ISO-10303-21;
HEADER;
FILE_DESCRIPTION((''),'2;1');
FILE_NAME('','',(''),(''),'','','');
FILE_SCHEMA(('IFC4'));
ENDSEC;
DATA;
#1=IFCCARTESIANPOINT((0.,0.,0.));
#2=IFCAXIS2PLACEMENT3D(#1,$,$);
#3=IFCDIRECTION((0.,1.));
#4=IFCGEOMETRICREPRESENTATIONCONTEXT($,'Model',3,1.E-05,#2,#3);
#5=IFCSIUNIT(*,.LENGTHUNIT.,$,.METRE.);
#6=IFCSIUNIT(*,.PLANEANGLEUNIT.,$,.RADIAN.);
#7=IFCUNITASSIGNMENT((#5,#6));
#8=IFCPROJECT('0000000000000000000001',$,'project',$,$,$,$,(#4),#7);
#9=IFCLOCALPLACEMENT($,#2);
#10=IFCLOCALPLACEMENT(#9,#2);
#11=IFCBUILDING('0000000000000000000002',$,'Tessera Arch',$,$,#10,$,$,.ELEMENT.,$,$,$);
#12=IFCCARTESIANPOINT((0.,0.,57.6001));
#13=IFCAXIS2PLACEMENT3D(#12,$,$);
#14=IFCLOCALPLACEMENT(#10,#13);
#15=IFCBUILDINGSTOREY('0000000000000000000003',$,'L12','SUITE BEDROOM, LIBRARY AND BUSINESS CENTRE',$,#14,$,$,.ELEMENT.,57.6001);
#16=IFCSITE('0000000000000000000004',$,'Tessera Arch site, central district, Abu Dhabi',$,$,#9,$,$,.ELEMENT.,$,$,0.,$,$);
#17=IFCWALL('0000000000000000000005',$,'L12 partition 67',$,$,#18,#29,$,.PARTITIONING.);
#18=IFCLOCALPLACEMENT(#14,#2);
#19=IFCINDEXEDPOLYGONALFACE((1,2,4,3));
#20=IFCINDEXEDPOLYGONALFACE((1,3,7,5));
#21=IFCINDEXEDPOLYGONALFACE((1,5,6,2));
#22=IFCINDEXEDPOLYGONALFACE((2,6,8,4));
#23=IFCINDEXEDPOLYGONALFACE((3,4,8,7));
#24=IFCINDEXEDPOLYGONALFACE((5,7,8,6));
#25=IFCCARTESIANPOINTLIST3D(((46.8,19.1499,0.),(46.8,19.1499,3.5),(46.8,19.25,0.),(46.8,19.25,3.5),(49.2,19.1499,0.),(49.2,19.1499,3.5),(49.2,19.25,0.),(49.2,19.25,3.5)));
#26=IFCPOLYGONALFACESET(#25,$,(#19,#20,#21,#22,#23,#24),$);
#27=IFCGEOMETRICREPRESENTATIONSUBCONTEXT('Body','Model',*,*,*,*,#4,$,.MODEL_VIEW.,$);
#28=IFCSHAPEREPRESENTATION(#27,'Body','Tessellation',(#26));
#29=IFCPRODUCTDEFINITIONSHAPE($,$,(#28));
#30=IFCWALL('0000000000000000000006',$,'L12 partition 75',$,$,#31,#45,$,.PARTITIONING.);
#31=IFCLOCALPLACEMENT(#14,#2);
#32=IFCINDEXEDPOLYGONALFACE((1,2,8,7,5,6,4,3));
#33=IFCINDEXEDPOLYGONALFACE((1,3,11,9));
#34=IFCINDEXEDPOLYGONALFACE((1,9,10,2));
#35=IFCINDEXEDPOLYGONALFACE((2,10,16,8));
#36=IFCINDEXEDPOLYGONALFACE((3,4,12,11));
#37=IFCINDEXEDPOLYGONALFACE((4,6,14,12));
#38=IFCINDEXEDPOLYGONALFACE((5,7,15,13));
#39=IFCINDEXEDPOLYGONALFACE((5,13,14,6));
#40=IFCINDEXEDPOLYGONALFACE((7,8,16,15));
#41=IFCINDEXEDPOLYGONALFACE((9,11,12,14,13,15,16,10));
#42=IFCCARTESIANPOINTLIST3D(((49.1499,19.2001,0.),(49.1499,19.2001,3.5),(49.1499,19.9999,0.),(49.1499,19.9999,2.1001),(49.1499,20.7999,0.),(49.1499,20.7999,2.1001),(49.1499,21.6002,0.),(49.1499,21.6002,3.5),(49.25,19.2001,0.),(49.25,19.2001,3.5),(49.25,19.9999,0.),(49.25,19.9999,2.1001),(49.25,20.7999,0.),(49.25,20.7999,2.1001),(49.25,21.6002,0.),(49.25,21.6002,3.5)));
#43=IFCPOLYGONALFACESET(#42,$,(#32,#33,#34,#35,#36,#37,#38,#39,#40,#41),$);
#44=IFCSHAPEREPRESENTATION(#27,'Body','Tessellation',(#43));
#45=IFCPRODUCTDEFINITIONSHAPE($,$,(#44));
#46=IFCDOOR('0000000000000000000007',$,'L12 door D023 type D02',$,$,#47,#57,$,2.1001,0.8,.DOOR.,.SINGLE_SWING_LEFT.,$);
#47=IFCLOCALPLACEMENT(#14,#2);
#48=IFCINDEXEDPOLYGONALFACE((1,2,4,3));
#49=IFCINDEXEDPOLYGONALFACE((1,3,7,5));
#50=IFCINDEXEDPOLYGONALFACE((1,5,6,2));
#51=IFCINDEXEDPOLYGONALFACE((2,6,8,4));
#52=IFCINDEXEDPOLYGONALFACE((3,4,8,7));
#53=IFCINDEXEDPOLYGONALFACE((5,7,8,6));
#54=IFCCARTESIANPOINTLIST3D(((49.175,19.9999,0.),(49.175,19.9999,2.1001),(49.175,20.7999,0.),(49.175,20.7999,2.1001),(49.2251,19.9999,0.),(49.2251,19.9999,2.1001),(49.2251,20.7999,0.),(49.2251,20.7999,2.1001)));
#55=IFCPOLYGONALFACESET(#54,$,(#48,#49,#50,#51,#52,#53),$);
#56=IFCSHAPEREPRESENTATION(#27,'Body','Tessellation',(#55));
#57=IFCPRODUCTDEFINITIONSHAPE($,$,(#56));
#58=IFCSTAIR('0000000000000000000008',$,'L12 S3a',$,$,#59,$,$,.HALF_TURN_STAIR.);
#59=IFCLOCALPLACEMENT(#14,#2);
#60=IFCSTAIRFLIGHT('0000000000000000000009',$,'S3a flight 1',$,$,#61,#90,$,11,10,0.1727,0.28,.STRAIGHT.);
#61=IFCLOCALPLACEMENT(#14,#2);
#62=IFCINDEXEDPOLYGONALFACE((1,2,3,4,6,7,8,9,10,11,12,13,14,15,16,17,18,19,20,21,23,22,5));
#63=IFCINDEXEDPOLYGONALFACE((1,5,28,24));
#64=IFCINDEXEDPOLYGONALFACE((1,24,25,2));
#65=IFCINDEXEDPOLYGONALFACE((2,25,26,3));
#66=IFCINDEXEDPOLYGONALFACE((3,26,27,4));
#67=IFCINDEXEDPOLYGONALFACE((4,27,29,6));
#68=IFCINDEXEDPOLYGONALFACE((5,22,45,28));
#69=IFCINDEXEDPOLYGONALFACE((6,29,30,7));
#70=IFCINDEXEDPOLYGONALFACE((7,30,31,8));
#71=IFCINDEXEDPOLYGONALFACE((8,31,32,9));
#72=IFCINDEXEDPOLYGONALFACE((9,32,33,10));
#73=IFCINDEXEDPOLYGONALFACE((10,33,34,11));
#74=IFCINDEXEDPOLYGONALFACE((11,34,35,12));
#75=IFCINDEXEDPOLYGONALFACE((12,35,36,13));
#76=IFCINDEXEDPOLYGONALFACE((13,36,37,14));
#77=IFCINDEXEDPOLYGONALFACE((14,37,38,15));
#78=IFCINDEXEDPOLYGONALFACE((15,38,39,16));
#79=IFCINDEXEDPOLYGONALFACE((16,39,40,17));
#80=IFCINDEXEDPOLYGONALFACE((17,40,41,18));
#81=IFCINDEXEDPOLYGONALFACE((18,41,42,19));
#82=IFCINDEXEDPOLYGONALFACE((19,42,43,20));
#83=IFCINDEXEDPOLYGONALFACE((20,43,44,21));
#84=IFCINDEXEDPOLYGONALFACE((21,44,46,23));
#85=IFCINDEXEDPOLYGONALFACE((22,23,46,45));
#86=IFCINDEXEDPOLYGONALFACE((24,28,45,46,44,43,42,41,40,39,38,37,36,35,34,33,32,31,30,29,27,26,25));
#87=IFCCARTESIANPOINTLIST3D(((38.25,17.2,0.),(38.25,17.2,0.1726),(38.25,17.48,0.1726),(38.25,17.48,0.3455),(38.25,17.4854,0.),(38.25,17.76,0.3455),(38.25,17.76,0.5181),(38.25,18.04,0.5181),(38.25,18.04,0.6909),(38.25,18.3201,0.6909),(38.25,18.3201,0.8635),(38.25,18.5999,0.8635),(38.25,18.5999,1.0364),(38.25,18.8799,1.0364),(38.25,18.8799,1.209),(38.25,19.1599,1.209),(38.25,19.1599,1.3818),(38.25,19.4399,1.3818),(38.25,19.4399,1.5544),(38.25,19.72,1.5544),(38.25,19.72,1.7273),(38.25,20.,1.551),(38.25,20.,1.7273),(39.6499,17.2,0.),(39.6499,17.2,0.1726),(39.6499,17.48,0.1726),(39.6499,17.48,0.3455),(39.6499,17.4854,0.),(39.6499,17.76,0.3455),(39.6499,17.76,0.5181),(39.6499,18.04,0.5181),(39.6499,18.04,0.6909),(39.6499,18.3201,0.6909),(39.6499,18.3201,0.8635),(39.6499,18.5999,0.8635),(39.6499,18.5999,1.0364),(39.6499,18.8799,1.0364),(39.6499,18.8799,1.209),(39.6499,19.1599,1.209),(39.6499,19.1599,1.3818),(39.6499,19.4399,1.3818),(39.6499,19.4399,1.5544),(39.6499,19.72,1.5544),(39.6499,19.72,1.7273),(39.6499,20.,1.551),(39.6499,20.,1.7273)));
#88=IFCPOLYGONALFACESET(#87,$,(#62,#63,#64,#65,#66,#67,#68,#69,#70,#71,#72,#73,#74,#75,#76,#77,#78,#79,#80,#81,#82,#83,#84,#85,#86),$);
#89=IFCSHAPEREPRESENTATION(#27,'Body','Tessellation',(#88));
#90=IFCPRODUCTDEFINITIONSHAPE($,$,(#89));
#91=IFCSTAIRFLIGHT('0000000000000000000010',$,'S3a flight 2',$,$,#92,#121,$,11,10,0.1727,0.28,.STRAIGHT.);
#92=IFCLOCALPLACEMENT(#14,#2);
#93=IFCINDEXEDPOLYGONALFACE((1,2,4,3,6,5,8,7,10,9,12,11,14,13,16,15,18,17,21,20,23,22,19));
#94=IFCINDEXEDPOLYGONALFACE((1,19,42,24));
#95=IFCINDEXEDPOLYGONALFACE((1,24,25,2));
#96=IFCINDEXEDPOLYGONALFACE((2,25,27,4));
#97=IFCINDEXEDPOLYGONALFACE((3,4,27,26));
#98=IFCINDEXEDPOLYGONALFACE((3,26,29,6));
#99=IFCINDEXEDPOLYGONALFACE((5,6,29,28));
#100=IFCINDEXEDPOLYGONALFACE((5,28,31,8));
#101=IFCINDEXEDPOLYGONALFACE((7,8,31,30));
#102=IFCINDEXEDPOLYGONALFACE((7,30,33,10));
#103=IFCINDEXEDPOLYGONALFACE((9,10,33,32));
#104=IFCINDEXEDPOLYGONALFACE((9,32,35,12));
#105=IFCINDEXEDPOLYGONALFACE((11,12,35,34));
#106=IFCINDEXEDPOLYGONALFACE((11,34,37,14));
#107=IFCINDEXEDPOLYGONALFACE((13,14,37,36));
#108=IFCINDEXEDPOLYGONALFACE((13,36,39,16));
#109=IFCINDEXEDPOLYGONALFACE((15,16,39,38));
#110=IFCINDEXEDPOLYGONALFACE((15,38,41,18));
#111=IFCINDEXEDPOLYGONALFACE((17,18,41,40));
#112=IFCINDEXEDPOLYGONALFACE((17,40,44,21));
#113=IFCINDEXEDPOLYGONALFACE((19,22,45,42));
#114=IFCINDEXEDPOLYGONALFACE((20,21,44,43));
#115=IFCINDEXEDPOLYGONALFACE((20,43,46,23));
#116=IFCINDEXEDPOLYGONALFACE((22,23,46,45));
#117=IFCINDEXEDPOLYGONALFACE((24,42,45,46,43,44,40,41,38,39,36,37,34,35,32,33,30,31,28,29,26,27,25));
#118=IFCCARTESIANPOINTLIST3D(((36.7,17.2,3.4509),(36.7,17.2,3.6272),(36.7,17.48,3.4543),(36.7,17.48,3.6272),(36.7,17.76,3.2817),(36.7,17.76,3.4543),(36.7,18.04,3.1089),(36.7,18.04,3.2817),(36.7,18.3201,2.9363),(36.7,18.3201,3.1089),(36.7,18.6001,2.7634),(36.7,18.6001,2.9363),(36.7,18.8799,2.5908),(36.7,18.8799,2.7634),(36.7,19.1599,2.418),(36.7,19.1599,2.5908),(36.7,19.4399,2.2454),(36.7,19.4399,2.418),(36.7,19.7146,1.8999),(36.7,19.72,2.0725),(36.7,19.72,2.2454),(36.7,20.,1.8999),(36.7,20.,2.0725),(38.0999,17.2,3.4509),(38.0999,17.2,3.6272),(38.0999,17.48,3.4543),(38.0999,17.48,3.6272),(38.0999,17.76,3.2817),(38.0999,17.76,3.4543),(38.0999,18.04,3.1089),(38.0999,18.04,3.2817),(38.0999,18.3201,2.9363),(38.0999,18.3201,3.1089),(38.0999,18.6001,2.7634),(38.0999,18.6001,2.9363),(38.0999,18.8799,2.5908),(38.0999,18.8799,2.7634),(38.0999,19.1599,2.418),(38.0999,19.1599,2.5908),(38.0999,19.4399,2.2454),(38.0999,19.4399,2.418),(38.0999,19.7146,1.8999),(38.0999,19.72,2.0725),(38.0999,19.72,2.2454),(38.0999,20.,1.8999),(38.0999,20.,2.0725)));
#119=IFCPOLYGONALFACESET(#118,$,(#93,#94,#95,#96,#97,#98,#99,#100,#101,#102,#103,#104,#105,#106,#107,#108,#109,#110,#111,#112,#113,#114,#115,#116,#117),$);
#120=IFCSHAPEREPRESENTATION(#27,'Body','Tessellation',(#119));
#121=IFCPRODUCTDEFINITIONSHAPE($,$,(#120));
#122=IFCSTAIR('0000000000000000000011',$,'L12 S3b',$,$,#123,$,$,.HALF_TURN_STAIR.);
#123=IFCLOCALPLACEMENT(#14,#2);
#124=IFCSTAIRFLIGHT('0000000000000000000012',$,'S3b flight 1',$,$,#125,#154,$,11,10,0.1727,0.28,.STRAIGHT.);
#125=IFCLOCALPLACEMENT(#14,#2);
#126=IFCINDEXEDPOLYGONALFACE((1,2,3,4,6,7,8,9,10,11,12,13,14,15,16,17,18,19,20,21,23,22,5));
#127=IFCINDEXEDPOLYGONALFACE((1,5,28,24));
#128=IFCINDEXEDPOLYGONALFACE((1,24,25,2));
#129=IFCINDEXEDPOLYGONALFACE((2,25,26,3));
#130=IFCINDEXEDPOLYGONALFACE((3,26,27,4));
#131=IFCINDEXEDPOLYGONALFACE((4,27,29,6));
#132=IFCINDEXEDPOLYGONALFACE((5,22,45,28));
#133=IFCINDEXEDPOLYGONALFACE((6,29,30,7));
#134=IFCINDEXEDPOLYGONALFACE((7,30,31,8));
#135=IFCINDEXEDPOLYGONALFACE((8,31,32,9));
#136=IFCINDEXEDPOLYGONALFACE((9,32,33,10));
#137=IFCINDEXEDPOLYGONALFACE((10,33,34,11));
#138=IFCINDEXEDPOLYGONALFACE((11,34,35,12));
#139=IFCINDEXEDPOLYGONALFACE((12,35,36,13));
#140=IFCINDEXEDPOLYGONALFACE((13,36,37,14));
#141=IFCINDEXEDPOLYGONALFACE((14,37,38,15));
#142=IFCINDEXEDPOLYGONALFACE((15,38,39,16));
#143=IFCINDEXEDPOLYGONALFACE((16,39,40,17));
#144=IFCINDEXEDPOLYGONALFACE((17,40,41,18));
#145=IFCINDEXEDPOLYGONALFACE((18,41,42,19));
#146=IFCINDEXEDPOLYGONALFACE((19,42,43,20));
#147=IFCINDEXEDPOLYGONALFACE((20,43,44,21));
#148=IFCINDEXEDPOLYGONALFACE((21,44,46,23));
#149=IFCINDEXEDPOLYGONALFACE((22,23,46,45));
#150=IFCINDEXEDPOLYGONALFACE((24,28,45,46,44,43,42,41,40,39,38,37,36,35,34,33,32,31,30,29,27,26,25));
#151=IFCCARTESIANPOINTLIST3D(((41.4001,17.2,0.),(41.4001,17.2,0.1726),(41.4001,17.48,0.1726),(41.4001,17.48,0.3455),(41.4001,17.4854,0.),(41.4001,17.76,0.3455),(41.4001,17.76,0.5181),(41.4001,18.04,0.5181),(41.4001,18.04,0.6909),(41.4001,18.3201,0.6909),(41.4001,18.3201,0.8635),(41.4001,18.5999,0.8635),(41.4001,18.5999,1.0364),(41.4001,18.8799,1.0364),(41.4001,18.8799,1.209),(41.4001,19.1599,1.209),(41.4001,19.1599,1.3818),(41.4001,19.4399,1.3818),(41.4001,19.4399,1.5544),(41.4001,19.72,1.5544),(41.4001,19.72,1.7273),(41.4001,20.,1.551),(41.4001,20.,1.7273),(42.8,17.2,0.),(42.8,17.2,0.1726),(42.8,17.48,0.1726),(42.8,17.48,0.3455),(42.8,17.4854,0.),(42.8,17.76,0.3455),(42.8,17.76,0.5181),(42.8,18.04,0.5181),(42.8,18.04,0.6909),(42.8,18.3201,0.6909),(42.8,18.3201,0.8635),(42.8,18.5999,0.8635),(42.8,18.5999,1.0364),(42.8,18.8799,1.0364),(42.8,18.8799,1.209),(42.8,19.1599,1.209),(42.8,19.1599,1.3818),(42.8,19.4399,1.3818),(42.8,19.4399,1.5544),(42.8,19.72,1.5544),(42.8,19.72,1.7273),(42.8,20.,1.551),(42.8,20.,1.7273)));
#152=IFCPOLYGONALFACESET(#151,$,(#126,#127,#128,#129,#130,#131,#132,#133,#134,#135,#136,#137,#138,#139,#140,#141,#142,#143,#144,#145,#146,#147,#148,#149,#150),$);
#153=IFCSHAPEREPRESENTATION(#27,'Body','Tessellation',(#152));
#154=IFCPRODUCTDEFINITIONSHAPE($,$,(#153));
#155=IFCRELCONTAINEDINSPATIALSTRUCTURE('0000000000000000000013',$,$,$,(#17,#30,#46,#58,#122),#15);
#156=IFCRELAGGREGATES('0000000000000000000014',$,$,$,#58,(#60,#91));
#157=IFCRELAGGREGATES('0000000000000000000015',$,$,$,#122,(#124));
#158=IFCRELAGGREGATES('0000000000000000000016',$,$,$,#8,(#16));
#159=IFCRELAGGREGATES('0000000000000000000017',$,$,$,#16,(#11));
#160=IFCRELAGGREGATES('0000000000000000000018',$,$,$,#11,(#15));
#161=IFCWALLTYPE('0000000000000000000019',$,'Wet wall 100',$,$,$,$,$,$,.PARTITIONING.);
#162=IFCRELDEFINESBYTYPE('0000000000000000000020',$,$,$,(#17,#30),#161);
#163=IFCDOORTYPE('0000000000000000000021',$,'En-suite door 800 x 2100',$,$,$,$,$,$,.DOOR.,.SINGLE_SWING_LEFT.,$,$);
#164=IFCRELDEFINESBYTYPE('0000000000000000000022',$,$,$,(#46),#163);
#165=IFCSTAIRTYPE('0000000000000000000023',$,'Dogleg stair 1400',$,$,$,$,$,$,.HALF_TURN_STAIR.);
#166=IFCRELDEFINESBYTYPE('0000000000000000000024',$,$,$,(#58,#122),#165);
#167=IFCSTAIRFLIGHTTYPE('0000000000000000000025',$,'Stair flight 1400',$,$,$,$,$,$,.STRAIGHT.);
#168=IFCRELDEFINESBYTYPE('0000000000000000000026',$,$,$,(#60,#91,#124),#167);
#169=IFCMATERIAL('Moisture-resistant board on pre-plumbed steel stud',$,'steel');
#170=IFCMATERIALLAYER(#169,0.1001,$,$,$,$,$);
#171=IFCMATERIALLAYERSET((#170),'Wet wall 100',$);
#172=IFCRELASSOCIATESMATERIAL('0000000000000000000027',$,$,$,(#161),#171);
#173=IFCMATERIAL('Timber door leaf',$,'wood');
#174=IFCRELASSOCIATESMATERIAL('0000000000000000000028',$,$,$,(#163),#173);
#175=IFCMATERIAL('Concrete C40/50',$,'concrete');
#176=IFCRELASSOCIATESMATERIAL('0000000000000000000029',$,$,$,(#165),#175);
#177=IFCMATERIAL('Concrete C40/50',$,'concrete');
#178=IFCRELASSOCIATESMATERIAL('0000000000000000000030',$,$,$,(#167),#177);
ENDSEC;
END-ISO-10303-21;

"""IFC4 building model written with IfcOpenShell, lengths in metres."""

from ifc_helpers import new_model, si_unit, direction, frame, frame_2d, origin, place, context, subcontext, project, spatial, polyline, rectangle, outline, extrude, material, layer, layer_set, type_object, element, fill, aggregate, save


model = new_model("IFC4")

# Units and contexts
model_context = context("Model", 3, precision=1e-05, world=origin(), true_north=direction((0.0, 1.0)))
body_context = subcontext(model_context, "Body", "Model", "MODEL_VIEW")
ifc_project = project(units=[si_unit("LENGTHUNIT", "METRE"), si_unit("PLANEANGLEUNIT", "RADIAN")], contexts=[model_context])

# Site, building, storey
site_placement = place(None, origin())
site = spatial("IfcSite", under=ifc_project, at=site_placement, Name="Tessera Arch site, central district, Abu Dhabi", CompositionType="ELEMENT", RefElevation=0.0)
building_placement = place(site_placement, origin())
building = spatial("IfcBuilding", under=site, at=building_placement, Name="Tessera Arch", CompositionType="ELEMENT")
storey_placement = place(building_placement, frame((0.0, 0.0, 57.6001)))
storey = spatial("IfcBuildingStorey", under=building, at=storey_placement, Name="L12", Description="SUITE BEDROOM, LIBRARY AND BUSINESS CENTRE", CompositionType="ELEMENT", Elevation=57.6001)

# Wall
ifc_material_1 = material(Name="Moisture-resistant board on pre-plumbed steel stud", Category="steel")
ifc_layer_1 = layer(ifc_material_1, 0.1001)
ifc_layer_set_1 = layer_set([ifc_layer_1], Name="Wet wall 100")
wall_type_1 = type_object("IfcWallType", Name="Wet wall 100", PredefinedType="PARTITIONING", material=ifc_layer_set_1)
wall_1_placement = place(storey_placement, frame((46.8, 19.2, 0.0), z_axis=(0.0, 0.0, 1.0), x_axis=(1.0, 0.0, 0.0)))
element("IfcWall", 1, at=wall_1_placement, inside=storey, type_object=wall_type_1, Name="L12 partition 67", PredefinedType="PARTITIONING", context=body_context, shape_type="SweptSolid", body=[
    extrude(rectangle(XDim=2.3999, YDim=0.1001, at=frame_2d((1.2, 0.0))), origin(), (0.0, 0.0, 1.0), 3.5),
])

# Wall, opening, door
wall_2_placement = place(storey_placement, frame((49.2, 19.2, 0.0), z_axis=(0.0, 0.0, 1.0), x_axis=(0.0, 1.0, 0.0)))
wall_2 = element("IfcWall", 2, at=wall_2_placement, inside=storey, type_object=wall_type_1, Name="L12 partition 75", PredefinedType="PARTITIONING", context=body_context, shape_type="SweptSolid", body=[
    extrude(rectangle(XDim=2.4001, YDim=0.1001, at=frame_2d((1.2002, 0.0))), origin(), (0.0, 0.0, 1.0), 3.5),
])
opening_1_placement = place(wall_2_placement, frame((0.8, 0.0, 0.0)))
opening_1 = element("IfcOpeningElement", 3, at=opening_1_placement, cuts=wall_2, PredefinedType="OPENING", context=body_context, shape_type="SweptSolid", body=[
    extrude(rectangle(XDim=0.8, YDim=2.1001, at=frame_2d((0.3999, 1.05))), frame((0.0, 0.0601, 0.0), z_axis=(0.0, -1.0, 0.0), x_axis=(1.0, 0.0, 0.0)), (0.0, 0.0, 1.0), 0.1201),
])
ifc_material_2 = material(Name="Timber door leaf", Category="wood")
door_type_1 = type_object("IfcDoorType", Name="En-suite door 800 x 2100", OperationType="SINGLE_SWING_LEFT", PredefinedType="DOOR", material=ifc_material_2)
door_1_placement = place(opening_1_placement, origin())
door_1 = element("IfcDoor", 4, at=door_1_placement, inside=storey, type_object=door_type_1, Name="L12 door D023 type D02", OperationType="SINGLE_SWING_LEFT", OverallHeight=2.1001, OverallWidth=0.8, PredefinedType="DOOR", context=body_context, shape_type="SweptSolid", body=[
    extrude(rectangle(XDim=0.8, YDim=2.1001, at=frame_2d((0.3999, 1.05))), frame((0.0, 0.0249, 0.0), z_axis=(0.0, -1.0, 0.0), x_axis=(1.0, 0.0, 0.0)), (0.0, 0.0, 1.0), 0.05),
])
fill(opening_1, door_1)

# Stairs, stair flights
ifc_material_3 = material(Name="Concrete C40/50", Category="concrete")
stair_type = type_object("IfcStairType", Name="Dogleg stair 1400", PredefinedType="HALF_TURN_STAIR", material=ifc_material_3)
stair_1_placement = place(storey_placement, origin())
stair_1 = element("IfcStair", 5, at=stair_1_placement, inside=storey, type_object=stair_type, Name="L12 S3a", PredefinedType="HALF_TURN_STAIR")
ifc_material_4 = material(Name="Concrete C40/50", Category="concrete")
stair_flight_type = type_object("IfcStairFlightType", Name="Stair flight 1400", PredefinedType="STRAIGHT", material=ifc_material_4)
stair_flight_1_placement = place(storey_placement, frame((38.95, 17.2, 0.0), z_axis=(0.0, 0.0, 1.0), x_axis=(0.0, 1.0, 0.0)))
stair_flight_1 = element("IfcStairFlight", 6, at=stair_flight_1_placement, type_object=stair_flight_type, Name="S3a flight 1", NumberOfRisers=11, NumberOfTreads=10, PredefinedType="STRAIGHT", RiserHeight=0.1727, TreadLength=0.28, context=body_context, shape_type="SweptSolid", body=[
    extrude(outline(polyline([(0.0, 0.0), (0.0, 0.1726), (0.28, 0.1726), (0.28, 0.3455), (0.5601, 0.3455), (0.5601, 0.5181), (0.8401, 0.5181), (0.8401, 0.6909), (1.1201, 0.6909), (1.1201, 0.8635), (1.3999, 0.8635), (1.3999, 1.0364), (1.6799, 1.0364), (1.6799, 1.209), (1.96, 1.209), (1.96, 1.3818), (2.24, 1.3818), (2.24, 1.5544), (2.52, 1.5544), (2.52, 1.7273), (2.8, 1.7273), (2.8, 1.8999), (2.8, 1.551), (0.2854, 0.0), (0.0, 0.0)])), frame((0.0, 0.7, 0.0), z_axis=(0.0, -1.0, 0.0), x_axis=(1.0, 0.0, 0.0)), (0.0, 0.0, 1.0), 1.3999),
])
stair_flight_2_placement = place(storey_placement, frame((37.3999, 20.0, 1.8999), z_axis=(0.0, 0.0, 1.0), x_axis=(0.0, -1.0, 0.0)))
stair_flight_2 = element("IfcStairFlight", 7, at=stair_flight_2_placement, type_object=stair_flight_type, Name="S3a flight 2", NumberOfRisers=11, NumberOfTreads=10, PredefinedType="STRAIGHT", RiserHeight=0.1727, TreadLength=0.28, context=body_context, shape_type="SweptSolid", body=[
    extrude(outline(polyline([(0.0, 0.0), (0.0, 0.1726), (0.28, 0.1726), (0.28, 0.3455), (0.5601, 0.3455), (0.5601, 0.5181), (0.8401, 0.5181), (0.8401, 0.6909), (1.1201, 0.6909), (1.1201, 0.8635), (1.3999, 0.8635), (1.3999, 1.0364), (1.6799, 1.0364), (1.6799, 1.209), (1.96, 1.209), (1.96, 1.3818), (2.24, 1.3818), (2.24, 1.5544), (2.52, 1.5544), (2.52, 1.7273), (2.8, 1.7273), (2.8, 1.8999), (2.8, 1.551), (0.2854, 0.0), (0.0, 0.0)])), frame((0.0, 0.7, 0.0), z_axis=(0.0, -1.0, 0.0), x_axis=(1.0, 0.0, 0.0)), (0.0, 0.0, 1.0), 1.3999),
])
aggregate(stair_1, [stair_flight_1, stair_flight_2])
stair_2_placement = place(storey_placement, origin())
stair_2 = element("IfcStair", 8, at=stair_2_placement, inside=storey, type_object=stair_type, Name="L12 S3b", PredefinedType="HALF_TURN_STAIR")
stair_flight_3_placement = place(storey_placement, frame((42.1001, 17.2, 0.0), z_axis=(0.0, 0.0, 1.0), x_axis=(0.0, 1.0, 0.0)))
stair_flight_3 = element("IfcStairFlight", 9, at=stair_flight_3_placement, type_object=stair_flight_type, Name="S3b flight 1", NumberOfRisers=11, NumberOfTreads=10, PredefinedType="STRAIGHT", RiserHeight=0.1727, TreadLength=0.28, context=body_context, shape_type="SweptSolid", body=[
    extrude(outline(polyline([(0.0, 0.0), (0.0, 0.1726), (0.28, 0.1726), (0.28, 0.3455), (0.5601, 0.3455), (0.5601, 0.5181), (0.8401, 0.5181), (0.8401, 0.6909), (1.1201, 0.6909), (1.1201, 0.8635), (1.3999, 0.8635), (1.3999, 1.0364), (1.6799, 1.0364), (1.6799, 1.209), (1.96, 1.209), (1.96, 1.3818), (2.24, 1.3818), (2.24, 1.5544), (2.52, 1.5544), (2.52, 1.7273), (2.8, 1.7273), (2.8, 1.8999), (2.8, 1.551), (0.2854, 0.0), (0.0, 0.0)])), frame((0.0, 0.7, 0.0), z_axis=(0.0, -1.0, 0.0), x_axis=(1.0, 0.0, 0.0)), (0.0, 0.0, 1.0), 1.3999),
])
aggregate(stair_2, [stair_flight_3])

save(model, "model.ifc")
